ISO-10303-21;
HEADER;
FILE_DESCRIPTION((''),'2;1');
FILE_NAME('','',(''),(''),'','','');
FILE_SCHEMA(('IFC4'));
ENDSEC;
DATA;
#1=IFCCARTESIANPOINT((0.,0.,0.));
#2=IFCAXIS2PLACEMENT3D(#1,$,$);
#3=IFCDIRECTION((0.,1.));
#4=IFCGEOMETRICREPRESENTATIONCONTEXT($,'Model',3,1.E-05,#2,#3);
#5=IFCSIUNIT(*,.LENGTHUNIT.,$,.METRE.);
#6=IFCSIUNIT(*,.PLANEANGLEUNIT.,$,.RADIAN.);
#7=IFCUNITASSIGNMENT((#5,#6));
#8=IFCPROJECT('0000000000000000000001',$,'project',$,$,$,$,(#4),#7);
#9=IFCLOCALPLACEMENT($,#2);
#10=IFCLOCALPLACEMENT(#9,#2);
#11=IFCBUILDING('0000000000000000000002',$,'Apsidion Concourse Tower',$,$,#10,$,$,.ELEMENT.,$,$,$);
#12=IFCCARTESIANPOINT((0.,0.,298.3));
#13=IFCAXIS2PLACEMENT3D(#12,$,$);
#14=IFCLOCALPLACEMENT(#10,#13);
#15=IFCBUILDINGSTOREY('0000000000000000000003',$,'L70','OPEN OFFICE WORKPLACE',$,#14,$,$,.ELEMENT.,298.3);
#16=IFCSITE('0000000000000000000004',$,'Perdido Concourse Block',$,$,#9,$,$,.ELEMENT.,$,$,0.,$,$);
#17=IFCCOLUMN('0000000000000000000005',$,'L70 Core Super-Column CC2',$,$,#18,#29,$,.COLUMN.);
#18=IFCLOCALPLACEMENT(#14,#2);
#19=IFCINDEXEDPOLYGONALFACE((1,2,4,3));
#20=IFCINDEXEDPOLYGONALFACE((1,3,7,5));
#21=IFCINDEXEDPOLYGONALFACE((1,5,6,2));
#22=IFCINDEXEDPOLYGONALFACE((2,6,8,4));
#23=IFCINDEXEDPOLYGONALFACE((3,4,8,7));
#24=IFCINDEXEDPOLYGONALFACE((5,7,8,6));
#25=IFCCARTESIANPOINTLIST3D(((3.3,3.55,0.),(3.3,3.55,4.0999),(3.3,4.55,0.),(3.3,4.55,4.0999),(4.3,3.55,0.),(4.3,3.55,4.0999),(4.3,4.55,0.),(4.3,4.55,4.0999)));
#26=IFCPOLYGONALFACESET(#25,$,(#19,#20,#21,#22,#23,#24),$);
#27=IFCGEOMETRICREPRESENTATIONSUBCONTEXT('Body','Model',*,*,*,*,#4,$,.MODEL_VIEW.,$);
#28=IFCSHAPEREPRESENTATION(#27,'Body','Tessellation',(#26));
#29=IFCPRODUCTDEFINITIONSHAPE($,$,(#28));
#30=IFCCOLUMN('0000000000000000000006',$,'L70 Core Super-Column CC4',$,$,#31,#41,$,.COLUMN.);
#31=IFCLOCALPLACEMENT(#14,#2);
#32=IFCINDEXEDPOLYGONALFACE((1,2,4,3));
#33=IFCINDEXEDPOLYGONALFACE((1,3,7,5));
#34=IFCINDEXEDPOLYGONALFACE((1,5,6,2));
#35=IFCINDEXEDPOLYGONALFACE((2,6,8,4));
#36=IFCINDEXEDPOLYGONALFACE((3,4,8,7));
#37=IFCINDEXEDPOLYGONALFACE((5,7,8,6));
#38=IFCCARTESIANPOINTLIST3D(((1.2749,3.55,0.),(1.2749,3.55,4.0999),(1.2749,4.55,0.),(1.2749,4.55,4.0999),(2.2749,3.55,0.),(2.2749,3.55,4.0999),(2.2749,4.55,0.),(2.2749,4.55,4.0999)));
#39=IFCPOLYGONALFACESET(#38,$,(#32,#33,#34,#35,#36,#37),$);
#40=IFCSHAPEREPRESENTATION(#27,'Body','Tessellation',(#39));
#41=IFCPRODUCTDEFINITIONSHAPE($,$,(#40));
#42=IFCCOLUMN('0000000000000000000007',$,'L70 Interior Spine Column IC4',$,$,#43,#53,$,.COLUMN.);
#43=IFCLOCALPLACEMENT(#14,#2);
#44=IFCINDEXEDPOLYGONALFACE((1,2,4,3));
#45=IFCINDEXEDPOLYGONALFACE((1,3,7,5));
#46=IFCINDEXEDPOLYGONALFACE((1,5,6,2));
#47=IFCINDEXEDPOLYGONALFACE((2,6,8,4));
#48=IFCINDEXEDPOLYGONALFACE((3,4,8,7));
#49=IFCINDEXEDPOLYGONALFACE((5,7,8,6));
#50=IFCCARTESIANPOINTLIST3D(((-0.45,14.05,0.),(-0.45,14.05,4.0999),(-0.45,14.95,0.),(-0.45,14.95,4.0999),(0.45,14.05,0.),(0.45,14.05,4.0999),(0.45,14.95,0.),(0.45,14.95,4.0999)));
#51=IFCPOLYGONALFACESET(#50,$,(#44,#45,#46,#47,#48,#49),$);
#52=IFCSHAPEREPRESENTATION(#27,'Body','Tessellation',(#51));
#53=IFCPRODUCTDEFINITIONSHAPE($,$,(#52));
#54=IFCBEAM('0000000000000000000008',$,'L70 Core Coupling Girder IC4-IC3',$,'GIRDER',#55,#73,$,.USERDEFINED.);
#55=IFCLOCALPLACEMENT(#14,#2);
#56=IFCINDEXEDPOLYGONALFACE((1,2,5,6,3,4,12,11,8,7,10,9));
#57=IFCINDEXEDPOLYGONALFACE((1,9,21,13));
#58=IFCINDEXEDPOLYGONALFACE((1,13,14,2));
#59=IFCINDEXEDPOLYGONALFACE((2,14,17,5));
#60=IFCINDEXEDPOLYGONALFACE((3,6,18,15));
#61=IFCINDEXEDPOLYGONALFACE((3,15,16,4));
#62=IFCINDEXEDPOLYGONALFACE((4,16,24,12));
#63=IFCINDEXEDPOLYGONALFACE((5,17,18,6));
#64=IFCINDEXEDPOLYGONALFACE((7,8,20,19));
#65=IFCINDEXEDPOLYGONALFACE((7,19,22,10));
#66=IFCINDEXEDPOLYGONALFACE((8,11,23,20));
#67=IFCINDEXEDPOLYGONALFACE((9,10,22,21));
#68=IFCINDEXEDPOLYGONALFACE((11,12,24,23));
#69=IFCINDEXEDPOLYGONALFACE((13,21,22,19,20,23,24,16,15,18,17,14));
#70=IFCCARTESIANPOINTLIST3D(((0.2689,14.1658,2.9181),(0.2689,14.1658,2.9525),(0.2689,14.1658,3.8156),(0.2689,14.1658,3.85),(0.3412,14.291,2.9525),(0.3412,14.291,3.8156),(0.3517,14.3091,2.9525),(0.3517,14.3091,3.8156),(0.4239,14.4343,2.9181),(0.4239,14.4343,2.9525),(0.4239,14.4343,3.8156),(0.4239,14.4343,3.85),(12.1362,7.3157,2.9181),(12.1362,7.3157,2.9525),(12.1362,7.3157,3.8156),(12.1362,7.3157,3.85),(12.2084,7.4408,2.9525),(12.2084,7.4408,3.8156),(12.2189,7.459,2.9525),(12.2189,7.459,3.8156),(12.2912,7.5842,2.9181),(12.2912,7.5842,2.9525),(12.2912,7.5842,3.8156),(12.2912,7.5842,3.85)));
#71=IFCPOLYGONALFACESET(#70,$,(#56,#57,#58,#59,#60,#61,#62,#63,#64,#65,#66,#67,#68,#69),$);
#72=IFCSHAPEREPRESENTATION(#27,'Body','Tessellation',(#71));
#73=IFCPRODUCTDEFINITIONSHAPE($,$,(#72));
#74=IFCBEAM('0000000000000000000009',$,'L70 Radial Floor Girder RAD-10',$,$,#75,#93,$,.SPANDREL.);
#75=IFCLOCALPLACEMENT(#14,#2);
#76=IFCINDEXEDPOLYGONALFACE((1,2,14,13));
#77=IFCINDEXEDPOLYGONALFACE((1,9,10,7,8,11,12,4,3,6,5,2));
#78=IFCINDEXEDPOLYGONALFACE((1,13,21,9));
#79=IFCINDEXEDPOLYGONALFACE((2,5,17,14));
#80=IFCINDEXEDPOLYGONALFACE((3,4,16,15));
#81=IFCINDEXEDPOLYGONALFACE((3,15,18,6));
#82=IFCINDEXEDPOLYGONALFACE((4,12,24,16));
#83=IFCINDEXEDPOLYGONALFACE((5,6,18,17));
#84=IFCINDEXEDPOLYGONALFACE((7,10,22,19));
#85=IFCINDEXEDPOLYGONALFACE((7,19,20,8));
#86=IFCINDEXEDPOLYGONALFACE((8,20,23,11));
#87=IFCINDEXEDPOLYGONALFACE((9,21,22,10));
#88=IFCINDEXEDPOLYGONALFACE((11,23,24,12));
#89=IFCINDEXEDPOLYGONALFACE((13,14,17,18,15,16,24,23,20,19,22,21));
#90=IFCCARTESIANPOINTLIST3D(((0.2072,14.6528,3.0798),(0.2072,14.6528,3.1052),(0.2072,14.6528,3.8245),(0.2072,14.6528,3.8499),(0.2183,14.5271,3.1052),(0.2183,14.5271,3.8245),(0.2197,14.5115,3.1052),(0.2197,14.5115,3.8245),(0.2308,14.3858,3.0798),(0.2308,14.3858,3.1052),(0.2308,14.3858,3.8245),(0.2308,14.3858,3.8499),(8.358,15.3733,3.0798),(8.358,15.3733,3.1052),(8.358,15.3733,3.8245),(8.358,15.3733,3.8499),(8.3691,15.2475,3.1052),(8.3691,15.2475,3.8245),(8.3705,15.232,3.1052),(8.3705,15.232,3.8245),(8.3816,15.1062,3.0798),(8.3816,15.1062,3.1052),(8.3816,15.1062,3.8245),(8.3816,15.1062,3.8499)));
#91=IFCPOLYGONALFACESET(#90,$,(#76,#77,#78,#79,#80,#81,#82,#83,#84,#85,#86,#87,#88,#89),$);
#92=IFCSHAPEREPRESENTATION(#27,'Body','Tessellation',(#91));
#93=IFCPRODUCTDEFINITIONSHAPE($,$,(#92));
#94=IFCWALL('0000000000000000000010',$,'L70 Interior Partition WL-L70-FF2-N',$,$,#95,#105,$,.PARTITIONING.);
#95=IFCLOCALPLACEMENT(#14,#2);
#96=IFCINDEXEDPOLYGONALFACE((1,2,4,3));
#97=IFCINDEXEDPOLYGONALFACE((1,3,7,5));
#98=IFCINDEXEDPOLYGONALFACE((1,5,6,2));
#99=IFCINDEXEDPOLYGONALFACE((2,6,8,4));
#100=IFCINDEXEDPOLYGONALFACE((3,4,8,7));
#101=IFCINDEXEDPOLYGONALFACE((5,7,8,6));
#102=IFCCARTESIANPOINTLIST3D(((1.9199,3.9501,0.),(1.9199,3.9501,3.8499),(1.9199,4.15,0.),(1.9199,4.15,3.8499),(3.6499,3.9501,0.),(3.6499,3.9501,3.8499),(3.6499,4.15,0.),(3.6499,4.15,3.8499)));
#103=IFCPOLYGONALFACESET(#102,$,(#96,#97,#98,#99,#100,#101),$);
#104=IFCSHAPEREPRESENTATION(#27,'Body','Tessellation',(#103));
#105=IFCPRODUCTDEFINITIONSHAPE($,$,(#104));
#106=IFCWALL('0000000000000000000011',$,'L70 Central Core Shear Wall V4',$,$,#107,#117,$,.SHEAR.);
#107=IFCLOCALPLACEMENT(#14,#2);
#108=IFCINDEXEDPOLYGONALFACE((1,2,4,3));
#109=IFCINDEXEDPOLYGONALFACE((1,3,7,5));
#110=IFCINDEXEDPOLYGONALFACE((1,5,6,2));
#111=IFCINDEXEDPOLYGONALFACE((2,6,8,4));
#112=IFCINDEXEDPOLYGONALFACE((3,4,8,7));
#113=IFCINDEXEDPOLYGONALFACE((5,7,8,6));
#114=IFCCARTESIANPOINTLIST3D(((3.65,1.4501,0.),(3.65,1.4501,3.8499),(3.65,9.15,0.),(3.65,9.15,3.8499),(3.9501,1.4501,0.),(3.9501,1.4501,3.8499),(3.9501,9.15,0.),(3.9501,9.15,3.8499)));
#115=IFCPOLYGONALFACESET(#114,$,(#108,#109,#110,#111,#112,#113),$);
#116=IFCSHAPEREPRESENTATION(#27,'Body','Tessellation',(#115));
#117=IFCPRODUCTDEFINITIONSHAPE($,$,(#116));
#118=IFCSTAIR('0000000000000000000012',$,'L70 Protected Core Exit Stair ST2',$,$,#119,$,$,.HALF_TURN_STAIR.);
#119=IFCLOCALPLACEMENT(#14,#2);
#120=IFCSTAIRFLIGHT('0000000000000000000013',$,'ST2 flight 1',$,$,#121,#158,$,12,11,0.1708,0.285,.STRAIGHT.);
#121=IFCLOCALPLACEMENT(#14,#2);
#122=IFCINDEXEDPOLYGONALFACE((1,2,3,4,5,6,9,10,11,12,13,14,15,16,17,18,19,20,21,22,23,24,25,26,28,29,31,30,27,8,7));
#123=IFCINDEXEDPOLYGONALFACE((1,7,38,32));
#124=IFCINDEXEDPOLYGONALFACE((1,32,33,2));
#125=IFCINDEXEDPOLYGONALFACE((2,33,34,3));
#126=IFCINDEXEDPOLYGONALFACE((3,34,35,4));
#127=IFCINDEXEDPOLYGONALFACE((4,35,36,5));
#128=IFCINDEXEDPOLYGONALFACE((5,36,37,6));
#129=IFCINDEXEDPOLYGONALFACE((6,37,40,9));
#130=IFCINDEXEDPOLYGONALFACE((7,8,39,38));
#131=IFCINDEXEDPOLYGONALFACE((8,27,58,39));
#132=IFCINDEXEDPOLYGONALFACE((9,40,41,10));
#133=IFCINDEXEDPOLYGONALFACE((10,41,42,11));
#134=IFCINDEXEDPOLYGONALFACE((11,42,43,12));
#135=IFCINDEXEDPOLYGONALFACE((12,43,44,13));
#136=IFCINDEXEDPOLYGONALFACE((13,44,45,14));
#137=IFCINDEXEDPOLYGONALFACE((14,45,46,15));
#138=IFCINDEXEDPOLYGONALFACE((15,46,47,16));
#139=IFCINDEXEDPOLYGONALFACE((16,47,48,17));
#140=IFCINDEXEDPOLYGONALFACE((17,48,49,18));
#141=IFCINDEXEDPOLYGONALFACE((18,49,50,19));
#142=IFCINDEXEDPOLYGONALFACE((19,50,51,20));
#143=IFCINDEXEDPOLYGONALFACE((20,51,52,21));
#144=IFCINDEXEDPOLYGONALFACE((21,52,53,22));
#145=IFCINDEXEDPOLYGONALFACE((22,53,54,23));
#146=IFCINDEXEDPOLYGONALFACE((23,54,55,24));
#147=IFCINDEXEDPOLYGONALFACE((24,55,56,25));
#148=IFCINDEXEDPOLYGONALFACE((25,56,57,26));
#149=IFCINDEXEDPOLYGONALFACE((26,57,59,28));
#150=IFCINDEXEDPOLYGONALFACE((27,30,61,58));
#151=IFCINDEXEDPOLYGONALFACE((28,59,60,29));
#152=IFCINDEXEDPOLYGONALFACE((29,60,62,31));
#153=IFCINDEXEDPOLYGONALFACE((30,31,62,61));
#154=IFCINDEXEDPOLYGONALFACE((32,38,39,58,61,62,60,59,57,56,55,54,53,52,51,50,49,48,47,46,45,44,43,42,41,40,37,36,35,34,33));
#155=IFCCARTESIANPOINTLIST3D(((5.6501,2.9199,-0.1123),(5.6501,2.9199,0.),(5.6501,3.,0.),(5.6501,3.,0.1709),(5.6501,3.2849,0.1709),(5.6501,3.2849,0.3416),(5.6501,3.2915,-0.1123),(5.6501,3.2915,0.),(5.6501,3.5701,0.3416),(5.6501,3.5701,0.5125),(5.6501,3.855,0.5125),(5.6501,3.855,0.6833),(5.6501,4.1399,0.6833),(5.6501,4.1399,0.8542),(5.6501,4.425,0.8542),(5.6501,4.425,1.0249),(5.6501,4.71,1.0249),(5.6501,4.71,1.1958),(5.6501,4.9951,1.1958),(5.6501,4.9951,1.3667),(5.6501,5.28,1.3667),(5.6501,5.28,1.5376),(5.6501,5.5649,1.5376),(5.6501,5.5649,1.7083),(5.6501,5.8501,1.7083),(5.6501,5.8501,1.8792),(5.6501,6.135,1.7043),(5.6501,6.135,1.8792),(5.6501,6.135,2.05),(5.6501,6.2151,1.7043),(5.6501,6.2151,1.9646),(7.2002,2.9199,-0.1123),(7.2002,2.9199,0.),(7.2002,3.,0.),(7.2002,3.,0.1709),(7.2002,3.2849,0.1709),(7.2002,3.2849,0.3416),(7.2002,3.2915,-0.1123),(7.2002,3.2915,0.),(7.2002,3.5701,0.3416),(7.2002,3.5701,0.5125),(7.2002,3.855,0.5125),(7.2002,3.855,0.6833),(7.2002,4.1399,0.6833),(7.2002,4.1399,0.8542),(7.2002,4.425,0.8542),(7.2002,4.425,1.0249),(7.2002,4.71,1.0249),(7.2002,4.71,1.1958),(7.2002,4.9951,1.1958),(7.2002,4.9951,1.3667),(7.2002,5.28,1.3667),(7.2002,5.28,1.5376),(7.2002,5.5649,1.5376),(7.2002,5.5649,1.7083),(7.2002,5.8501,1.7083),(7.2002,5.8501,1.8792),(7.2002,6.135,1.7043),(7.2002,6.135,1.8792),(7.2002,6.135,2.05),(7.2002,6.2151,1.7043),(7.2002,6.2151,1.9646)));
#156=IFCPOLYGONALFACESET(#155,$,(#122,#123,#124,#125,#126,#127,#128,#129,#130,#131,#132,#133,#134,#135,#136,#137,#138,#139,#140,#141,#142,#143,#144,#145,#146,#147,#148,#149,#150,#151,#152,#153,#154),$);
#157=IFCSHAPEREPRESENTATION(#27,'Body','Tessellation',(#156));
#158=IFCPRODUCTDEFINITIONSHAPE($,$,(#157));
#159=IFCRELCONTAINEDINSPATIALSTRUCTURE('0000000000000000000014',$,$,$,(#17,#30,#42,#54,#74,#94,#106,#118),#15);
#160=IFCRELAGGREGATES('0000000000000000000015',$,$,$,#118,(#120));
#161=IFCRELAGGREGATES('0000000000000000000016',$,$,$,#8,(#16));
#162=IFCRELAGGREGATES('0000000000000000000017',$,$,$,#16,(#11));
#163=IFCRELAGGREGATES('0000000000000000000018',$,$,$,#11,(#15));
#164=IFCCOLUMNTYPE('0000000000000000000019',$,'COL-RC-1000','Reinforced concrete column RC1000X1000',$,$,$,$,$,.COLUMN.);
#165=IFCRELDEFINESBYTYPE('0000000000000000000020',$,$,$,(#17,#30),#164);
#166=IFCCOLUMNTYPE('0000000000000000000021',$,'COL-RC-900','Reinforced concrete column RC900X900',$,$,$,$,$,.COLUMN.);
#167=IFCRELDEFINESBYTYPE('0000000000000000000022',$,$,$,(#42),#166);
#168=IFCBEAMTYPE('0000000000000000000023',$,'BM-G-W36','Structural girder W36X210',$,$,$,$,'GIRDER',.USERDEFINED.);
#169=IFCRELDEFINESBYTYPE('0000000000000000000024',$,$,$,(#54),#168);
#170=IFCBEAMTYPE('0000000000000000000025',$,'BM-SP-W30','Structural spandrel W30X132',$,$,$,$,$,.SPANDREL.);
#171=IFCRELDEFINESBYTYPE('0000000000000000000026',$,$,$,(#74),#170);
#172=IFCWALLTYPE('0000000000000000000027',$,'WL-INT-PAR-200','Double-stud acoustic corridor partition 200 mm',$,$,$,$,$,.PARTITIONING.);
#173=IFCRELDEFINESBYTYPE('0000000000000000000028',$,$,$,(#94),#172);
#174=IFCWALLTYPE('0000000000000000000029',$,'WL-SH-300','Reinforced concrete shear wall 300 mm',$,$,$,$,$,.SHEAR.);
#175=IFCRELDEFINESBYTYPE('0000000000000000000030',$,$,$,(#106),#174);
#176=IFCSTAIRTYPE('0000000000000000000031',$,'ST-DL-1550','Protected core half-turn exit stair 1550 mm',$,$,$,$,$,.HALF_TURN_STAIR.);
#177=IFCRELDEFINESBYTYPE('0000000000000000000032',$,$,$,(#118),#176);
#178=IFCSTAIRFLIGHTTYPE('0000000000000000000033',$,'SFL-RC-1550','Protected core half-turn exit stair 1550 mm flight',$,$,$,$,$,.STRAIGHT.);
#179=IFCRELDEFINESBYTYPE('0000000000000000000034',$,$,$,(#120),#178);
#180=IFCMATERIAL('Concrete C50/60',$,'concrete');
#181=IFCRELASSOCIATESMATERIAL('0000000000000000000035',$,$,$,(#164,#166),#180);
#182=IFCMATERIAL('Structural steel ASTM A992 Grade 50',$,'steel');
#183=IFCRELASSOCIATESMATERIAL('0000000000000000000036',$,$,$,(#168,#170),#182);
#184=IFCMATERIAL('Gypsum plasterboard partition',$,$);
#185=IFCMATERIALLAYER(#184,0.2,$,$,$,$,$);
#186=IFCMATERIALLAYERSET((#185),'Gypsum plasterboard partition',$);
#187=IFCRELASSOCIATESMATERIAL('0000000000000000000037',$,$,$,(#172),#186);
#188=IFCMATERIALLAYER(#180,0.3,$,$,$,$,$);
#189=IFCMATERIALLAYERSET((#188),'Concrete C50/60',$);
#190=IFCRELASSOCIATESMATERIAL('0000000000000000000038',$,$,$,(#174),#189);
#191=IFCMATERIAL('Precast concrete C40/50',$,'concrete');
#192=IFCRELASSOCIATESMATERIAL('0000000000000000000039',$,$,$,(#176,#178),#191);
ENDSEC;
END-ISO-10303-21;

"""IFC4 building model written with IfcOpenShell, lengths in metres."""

from ifc_helpers import new_model, si_unit, direction, frame, frame_2d, origin, origin_2d, place, context, subcontext, project, spatial, polyline, rectangle, i_section, outline, extrude, material, layer, layer_set, material_profile, profile_set, type_object, element, aggregate, save


model = new_model("IFC4")

# Units and contexts
model_context = context("Model", 3, precision=1e-05, world=origin(), true_north=direction((0.0, 1.0)))
body_context = subcontext(model_context, "Body", "Model", "MODEL_VIEW")
ifc_project = project(units=[si_unit("LENGTHUNIT", "METRE"), si_unit("PLANEANGLEUNIT", "RADIAN")], contexts=[model_context])

# Site, building, storey
site_placement = place(None, origin())
site = spatial("IfcSite", under=ifc_project, at=site_placement, Name="Perdido Concourse Block", CompositionType="ELEMENT", RefElevation=0.0)
building_placement = place(site_placement, origin())
building = spatial("IfcBuilding", under=site, at=building_placement, Name="Apsidion Concourse Tower", CompositionType="ELEMENT")
storey_placement = place(building_placement, frame((0.0, 0.0, 298.3)))
storey = spatial("IfcBuildingStorey", under=building, at=storey_placement, Name="L70", Description="OPEN OFFICE WORKPLACE", CompositionType="ELEMENT", Elevation=298.3)

# Columns
ifc_material_1 = material(Name="Concrete C50/60", Category="concrete")
ifc_material_profile_1 = material_profile(ifc_material_1, rectangle(XDim=1.0, YDim=1.0, at=origin_2d()), Name="RC 1000x1000")
ifc_profile_set_1 = profile_set([ifc_material_profile_1], Name="Concrete C50/60")
column_type_1 = type_object("IfcColumnType", Name="COL-RC-1000", Description="Reinforced concrete column RC1000X1000", PredefinedType="COLUMN", material=ifc_profile_set_1)
for number, where, z_axis, x_axis, name in (
    (1, (3.8, 4.05, 0.0), (0.0, 0.0, 1.0), (1.0, 0.0, 0.0), "L70 Core Super-Column CC2"),
    (2, (1.7749, 4.05, 0.0), (0.0, 0.0, 1.0), (1.0, 0.0, 0.0), "L70 Core Super-Column CC4"),
):
    element("IfcColumn", number, at=place(storey_placement, frame(where, z_axis=z_axis, x_axis=x_axis)), inside=storey, type_object=column_type_1, Name=name, PredefinedType="COLUMN", context=body_context, shape_type="SweptSolid", body=[
        extrude(rectangle(XDim=1.0, YDim=1.0, at=origin_2d()), origin(), (0.0, 0.0, 1.0), 4.0999),
    ])
ifc_material_profile_2 = material_profile(ifc_material_1, rectangle(XDim=0.8999, YDim=0.8999, at=origin_2d()), Name="RC 900x900")
ifc_profile_set_2 = profile_set([ifc_material_profile_2], Name="Concrete C50/60")
column_type_2 = type_object("IfcColumnType", Name="COL-RC-900", Description="Reinforced concrete column RC900X900", PredefinedType="COLUMN", material=ifc_profile_set_2)
column_placement = place(storey_placement, frame((0.0, 14.5, 0.0), z_axis=(0.0, 0.0, 1.0), x_axis=(1.0, 0.0, 0.0)))
element("IfcColumn", 3, at=column_placement, inside=storey, type_object=column_type_2, Name="L70 Interior Spine Column IC4", PredefinedType="COLUMN", context=body_context, shape_type="SweptSolid", body=[
    extrude(rectangle(XDim=0.8999, YDim=0.8999, at=origin_2d()), origin(), (0.0, 0.0, 1.0), 4.0999),
])

# Beams
ifc_material_2 = material(Name="Structural steel ASTM A992 Grade 50", Category="steel")
ifc_material_profile_3 = material_profile(ifc_material_2, i_section(OverallWidth=0.3101, OverallDepth=0.9319, WebThickness=0.021, FlangeThickness=0.0344, at=origin_2d()), Name="W36X210")
ifc_profile_set_3 = profile_set([ifc_material_profile_3], Name="Structural steel ASTM A992 Grade 50")
beam_type_1 = type_object("IfcBeamType", Name="BM-G-W36", Description="Structural girder W36X210", ElementType="GIRDER", PredefinedType="USERDEFINED", material=ifc_profile_set_3)
beam_1_placement = place(storey_placement, frame((0.3464, 14.3, 3.384), z_axis=(0.86607, -0.499922, 0.0), x_axis=(0.499922, 0.86607, 0.0)))
element("IfcBeam", 4, at=beam_1_placement, inside=storey, type_object=beam_type_1, Name="L70 Core Coupling Girder IC4-IC3", ObjectType="GIRDER", PredefinedType="USERDEFINED", context=body_context, shape_type="SweptSolid", body=[
    extrude(i_section(OverallWidth=0.3101, OverallDepth=0.9319, WebThickness=0.021, FlangeThickness=0.0344, at=origin_2d()), origin(), (0.0, 0.0, 1.0), 13.7024),
])
ifc_material_profile_4 = material_profile(ifc_material_2, i_section(OverallWidth=0.2681, OverallDepth=0.77, WebThickness=0.0156, FlangeThickness=0.0254, at=origin_2d()), Name="W30X132")
ifc_profile_set_4 = profile_set([ifc_material_profile_4], Name="Structural steel ASTM A992 Grade 50")
beam_type_2 = type_object("IfcBeamType", Name="BM-SP-W30", Description="Structural spandrel W30X132", PredefinedType="SPANDREL", material=ifc_profile_set_4)
beam_2_placement = place(storey_placement, frame((0.219, 14.5193, 3.4648), z_axis=(0.996116, 0.088047, 0.0), x_axis=(-0.088047, 0.996116, 0.0)))
element("IfcBeam", 5, at=beam_2_placement, inside=storey, type_object=beam_type_2, Name="L70 Radial Floor Girder RAD-10", PredefinedType="SPANDREL", context=body_context, shape_type="SweptSolid", body=[
    extrude(i_section(OverallWidth=0.2681, OverallDepth=0.77, WebThickness=0.0156, FlangeThickness=0.0254, at=origin_2d()), origin(), (0.0, 0.0, 1.0), 8.1826),
])

# Walls
ifc_material_3 = material(Name="Gypsum plasterboard partition")
ifc_layer_1 = layer(ifc_material_3, 0.2)
ifc_layer_set_1 = layer_set([ifc_layer_1], Name="Gypsum plasterboard partition")
wall_type_1 = type_object("IfcWallType", Name="WL-INT-PAR-200", Description="Double-stud acoustic corridor partition 200 mm", PredefinedType="PARTITIONING", material=ifc_layer_set_1)
wall_1_placement = place(storey_placement, frame((1.9199, 4.05, 0.0), z_axis=(0.0, 0.0, 1.0), x_axis=(1.0, 0.0, 0.0)))
element("IfcWall", 6, at=wall_1_placement, inside=storey, type_object=wall_type_1, Name="L70 Interior Partition WL-L70-FF2-N", PredefinedType="PARTITIONING", context=body_context, shape_type="SweptSolid", body=[
    extrude(rectangle(XDim=1.73, YDim=0.2, at=frame_2d((0.865, 0.0))), origin(), (0.0, 0.0, 1.0), 3.8499),
])
ifc_layer_2 = layer(ifc_material_1, 0.3)
ifc_layer_set_2 = layer_set([ifc_layer_2], Name="Concrete C50/60")
wall_type_2 = type_object("IfcWallType", Name="WL-SH-300", Description="Reinforced concrete shear wall 300 mm", PredefinedType="SHEAR", material=ifc_layer_set_2)
wall_2_placement = place(storey_placement, frame((3.8, 1.45, 0.0), z_axis=(0.0, 0.0, 1.0), x_axis=(0.0, 1.0, 0.0)))
element("IfcWall", 7, at=wall_2_placement, inside=storey, type_object=wall_type_2, Name="L70 Central Core Shear Wall V4", PredefinedType="SHEAR", context=body_context, shape_type="SweptSolid", body=[
    extrude(rectangle(XDim=7.7, YDim=0.3, at=frame_2d((3.8501, 0.0))), origin(), (0.0, 0.0, 1.0), 3.8499),
])

# Stair, stair flight
ifc_material_4 = material(Name="Precast concrete C40/50", Category="concrete")
stair_type = type_object("IfcStairType", Name="ST-DL-1550", Description="Protected core half-turn exit stair 1550 mm", PredefinedType="HALF_TURN_STAIR", material=ifc_material_4)
stair_1_placement = place(storey_placement, origin())
stair_1 = element("IfcStair", 8, at=stair_1_placement, inside=storey, type_object=stair_type, Name="L70 Protected Core Exit Stair ST2", PredefinedType="HALF_TURN_STAIR")
stair_flight_type = type_object("IfcStairFlightType", Name="SFL-RC-1550", Description="Protected core half-turn exit stair 1550 mm flight", PredefinedType="STRAIGHT", material=ifc_material_4)
stair_flight_1_placement = place(storey_placement, frame((6.425, 3.0, 0.0), z_axis=(0.0, 0.0, 1.0), x_axis=(0.0, 1.0, 0.0)))
stair_flight_1 = element("IfcStairFlight", 9, at=stair_flight_1_placement, type_object=stair_flight_type, Name="ST2 flight 1", NumberOfRisers=12, NumberOfTreads=11, PredefinedType="STRAIGHT", RiserHeight=0.1708, TreadLength=0.285, context=body_context, shape_type="SweptSolid", body=[
    extrude(outline(polyline([(-0.0801, -0.1123), (-0.0801, 0.0), (0.0, 0.0), (0.0, 0.1709), (0.2849, 0.1709), (0.2849, 0.3416), (0.5701, 0.3416), (0.5701, 0.5125), (0.855, 0.5125), (0.855, 0.6833), (1.1399, 0.6833), (1.1399, 0.8542), (1.425, 0.8542), (1.425, 1.0249), (1.71, 1.0249), (1.71, 1.1958), (1.9951, 1.1958), (1.9951, 1.3667), (2.28, 1.3667), (2.28, 1.5376), (2.5649, 1.5376), (2.5649, 1.7083), (2.8501, 1.7083), (2.8501, 1.8792), (3.135, 1.8792), (3.135, 2.05), (3.2151, 1.9646), (3.2151, 1.7043), (3.135, 1.7043), (0.2915, 0.0), (0.2915, -0.1123), (-0.0801, -0.1123)])), frame((0.0, 0.7749, 0.0), z_axis=(0.0, -1.0, 0.0), x_axis=(1.0, 0.0, 0.0)), (0.0, 0.0, 1.0), 1.55),
])
aggregate(stair_1, [stair_flight_1])

save(model, "model.ifc")
